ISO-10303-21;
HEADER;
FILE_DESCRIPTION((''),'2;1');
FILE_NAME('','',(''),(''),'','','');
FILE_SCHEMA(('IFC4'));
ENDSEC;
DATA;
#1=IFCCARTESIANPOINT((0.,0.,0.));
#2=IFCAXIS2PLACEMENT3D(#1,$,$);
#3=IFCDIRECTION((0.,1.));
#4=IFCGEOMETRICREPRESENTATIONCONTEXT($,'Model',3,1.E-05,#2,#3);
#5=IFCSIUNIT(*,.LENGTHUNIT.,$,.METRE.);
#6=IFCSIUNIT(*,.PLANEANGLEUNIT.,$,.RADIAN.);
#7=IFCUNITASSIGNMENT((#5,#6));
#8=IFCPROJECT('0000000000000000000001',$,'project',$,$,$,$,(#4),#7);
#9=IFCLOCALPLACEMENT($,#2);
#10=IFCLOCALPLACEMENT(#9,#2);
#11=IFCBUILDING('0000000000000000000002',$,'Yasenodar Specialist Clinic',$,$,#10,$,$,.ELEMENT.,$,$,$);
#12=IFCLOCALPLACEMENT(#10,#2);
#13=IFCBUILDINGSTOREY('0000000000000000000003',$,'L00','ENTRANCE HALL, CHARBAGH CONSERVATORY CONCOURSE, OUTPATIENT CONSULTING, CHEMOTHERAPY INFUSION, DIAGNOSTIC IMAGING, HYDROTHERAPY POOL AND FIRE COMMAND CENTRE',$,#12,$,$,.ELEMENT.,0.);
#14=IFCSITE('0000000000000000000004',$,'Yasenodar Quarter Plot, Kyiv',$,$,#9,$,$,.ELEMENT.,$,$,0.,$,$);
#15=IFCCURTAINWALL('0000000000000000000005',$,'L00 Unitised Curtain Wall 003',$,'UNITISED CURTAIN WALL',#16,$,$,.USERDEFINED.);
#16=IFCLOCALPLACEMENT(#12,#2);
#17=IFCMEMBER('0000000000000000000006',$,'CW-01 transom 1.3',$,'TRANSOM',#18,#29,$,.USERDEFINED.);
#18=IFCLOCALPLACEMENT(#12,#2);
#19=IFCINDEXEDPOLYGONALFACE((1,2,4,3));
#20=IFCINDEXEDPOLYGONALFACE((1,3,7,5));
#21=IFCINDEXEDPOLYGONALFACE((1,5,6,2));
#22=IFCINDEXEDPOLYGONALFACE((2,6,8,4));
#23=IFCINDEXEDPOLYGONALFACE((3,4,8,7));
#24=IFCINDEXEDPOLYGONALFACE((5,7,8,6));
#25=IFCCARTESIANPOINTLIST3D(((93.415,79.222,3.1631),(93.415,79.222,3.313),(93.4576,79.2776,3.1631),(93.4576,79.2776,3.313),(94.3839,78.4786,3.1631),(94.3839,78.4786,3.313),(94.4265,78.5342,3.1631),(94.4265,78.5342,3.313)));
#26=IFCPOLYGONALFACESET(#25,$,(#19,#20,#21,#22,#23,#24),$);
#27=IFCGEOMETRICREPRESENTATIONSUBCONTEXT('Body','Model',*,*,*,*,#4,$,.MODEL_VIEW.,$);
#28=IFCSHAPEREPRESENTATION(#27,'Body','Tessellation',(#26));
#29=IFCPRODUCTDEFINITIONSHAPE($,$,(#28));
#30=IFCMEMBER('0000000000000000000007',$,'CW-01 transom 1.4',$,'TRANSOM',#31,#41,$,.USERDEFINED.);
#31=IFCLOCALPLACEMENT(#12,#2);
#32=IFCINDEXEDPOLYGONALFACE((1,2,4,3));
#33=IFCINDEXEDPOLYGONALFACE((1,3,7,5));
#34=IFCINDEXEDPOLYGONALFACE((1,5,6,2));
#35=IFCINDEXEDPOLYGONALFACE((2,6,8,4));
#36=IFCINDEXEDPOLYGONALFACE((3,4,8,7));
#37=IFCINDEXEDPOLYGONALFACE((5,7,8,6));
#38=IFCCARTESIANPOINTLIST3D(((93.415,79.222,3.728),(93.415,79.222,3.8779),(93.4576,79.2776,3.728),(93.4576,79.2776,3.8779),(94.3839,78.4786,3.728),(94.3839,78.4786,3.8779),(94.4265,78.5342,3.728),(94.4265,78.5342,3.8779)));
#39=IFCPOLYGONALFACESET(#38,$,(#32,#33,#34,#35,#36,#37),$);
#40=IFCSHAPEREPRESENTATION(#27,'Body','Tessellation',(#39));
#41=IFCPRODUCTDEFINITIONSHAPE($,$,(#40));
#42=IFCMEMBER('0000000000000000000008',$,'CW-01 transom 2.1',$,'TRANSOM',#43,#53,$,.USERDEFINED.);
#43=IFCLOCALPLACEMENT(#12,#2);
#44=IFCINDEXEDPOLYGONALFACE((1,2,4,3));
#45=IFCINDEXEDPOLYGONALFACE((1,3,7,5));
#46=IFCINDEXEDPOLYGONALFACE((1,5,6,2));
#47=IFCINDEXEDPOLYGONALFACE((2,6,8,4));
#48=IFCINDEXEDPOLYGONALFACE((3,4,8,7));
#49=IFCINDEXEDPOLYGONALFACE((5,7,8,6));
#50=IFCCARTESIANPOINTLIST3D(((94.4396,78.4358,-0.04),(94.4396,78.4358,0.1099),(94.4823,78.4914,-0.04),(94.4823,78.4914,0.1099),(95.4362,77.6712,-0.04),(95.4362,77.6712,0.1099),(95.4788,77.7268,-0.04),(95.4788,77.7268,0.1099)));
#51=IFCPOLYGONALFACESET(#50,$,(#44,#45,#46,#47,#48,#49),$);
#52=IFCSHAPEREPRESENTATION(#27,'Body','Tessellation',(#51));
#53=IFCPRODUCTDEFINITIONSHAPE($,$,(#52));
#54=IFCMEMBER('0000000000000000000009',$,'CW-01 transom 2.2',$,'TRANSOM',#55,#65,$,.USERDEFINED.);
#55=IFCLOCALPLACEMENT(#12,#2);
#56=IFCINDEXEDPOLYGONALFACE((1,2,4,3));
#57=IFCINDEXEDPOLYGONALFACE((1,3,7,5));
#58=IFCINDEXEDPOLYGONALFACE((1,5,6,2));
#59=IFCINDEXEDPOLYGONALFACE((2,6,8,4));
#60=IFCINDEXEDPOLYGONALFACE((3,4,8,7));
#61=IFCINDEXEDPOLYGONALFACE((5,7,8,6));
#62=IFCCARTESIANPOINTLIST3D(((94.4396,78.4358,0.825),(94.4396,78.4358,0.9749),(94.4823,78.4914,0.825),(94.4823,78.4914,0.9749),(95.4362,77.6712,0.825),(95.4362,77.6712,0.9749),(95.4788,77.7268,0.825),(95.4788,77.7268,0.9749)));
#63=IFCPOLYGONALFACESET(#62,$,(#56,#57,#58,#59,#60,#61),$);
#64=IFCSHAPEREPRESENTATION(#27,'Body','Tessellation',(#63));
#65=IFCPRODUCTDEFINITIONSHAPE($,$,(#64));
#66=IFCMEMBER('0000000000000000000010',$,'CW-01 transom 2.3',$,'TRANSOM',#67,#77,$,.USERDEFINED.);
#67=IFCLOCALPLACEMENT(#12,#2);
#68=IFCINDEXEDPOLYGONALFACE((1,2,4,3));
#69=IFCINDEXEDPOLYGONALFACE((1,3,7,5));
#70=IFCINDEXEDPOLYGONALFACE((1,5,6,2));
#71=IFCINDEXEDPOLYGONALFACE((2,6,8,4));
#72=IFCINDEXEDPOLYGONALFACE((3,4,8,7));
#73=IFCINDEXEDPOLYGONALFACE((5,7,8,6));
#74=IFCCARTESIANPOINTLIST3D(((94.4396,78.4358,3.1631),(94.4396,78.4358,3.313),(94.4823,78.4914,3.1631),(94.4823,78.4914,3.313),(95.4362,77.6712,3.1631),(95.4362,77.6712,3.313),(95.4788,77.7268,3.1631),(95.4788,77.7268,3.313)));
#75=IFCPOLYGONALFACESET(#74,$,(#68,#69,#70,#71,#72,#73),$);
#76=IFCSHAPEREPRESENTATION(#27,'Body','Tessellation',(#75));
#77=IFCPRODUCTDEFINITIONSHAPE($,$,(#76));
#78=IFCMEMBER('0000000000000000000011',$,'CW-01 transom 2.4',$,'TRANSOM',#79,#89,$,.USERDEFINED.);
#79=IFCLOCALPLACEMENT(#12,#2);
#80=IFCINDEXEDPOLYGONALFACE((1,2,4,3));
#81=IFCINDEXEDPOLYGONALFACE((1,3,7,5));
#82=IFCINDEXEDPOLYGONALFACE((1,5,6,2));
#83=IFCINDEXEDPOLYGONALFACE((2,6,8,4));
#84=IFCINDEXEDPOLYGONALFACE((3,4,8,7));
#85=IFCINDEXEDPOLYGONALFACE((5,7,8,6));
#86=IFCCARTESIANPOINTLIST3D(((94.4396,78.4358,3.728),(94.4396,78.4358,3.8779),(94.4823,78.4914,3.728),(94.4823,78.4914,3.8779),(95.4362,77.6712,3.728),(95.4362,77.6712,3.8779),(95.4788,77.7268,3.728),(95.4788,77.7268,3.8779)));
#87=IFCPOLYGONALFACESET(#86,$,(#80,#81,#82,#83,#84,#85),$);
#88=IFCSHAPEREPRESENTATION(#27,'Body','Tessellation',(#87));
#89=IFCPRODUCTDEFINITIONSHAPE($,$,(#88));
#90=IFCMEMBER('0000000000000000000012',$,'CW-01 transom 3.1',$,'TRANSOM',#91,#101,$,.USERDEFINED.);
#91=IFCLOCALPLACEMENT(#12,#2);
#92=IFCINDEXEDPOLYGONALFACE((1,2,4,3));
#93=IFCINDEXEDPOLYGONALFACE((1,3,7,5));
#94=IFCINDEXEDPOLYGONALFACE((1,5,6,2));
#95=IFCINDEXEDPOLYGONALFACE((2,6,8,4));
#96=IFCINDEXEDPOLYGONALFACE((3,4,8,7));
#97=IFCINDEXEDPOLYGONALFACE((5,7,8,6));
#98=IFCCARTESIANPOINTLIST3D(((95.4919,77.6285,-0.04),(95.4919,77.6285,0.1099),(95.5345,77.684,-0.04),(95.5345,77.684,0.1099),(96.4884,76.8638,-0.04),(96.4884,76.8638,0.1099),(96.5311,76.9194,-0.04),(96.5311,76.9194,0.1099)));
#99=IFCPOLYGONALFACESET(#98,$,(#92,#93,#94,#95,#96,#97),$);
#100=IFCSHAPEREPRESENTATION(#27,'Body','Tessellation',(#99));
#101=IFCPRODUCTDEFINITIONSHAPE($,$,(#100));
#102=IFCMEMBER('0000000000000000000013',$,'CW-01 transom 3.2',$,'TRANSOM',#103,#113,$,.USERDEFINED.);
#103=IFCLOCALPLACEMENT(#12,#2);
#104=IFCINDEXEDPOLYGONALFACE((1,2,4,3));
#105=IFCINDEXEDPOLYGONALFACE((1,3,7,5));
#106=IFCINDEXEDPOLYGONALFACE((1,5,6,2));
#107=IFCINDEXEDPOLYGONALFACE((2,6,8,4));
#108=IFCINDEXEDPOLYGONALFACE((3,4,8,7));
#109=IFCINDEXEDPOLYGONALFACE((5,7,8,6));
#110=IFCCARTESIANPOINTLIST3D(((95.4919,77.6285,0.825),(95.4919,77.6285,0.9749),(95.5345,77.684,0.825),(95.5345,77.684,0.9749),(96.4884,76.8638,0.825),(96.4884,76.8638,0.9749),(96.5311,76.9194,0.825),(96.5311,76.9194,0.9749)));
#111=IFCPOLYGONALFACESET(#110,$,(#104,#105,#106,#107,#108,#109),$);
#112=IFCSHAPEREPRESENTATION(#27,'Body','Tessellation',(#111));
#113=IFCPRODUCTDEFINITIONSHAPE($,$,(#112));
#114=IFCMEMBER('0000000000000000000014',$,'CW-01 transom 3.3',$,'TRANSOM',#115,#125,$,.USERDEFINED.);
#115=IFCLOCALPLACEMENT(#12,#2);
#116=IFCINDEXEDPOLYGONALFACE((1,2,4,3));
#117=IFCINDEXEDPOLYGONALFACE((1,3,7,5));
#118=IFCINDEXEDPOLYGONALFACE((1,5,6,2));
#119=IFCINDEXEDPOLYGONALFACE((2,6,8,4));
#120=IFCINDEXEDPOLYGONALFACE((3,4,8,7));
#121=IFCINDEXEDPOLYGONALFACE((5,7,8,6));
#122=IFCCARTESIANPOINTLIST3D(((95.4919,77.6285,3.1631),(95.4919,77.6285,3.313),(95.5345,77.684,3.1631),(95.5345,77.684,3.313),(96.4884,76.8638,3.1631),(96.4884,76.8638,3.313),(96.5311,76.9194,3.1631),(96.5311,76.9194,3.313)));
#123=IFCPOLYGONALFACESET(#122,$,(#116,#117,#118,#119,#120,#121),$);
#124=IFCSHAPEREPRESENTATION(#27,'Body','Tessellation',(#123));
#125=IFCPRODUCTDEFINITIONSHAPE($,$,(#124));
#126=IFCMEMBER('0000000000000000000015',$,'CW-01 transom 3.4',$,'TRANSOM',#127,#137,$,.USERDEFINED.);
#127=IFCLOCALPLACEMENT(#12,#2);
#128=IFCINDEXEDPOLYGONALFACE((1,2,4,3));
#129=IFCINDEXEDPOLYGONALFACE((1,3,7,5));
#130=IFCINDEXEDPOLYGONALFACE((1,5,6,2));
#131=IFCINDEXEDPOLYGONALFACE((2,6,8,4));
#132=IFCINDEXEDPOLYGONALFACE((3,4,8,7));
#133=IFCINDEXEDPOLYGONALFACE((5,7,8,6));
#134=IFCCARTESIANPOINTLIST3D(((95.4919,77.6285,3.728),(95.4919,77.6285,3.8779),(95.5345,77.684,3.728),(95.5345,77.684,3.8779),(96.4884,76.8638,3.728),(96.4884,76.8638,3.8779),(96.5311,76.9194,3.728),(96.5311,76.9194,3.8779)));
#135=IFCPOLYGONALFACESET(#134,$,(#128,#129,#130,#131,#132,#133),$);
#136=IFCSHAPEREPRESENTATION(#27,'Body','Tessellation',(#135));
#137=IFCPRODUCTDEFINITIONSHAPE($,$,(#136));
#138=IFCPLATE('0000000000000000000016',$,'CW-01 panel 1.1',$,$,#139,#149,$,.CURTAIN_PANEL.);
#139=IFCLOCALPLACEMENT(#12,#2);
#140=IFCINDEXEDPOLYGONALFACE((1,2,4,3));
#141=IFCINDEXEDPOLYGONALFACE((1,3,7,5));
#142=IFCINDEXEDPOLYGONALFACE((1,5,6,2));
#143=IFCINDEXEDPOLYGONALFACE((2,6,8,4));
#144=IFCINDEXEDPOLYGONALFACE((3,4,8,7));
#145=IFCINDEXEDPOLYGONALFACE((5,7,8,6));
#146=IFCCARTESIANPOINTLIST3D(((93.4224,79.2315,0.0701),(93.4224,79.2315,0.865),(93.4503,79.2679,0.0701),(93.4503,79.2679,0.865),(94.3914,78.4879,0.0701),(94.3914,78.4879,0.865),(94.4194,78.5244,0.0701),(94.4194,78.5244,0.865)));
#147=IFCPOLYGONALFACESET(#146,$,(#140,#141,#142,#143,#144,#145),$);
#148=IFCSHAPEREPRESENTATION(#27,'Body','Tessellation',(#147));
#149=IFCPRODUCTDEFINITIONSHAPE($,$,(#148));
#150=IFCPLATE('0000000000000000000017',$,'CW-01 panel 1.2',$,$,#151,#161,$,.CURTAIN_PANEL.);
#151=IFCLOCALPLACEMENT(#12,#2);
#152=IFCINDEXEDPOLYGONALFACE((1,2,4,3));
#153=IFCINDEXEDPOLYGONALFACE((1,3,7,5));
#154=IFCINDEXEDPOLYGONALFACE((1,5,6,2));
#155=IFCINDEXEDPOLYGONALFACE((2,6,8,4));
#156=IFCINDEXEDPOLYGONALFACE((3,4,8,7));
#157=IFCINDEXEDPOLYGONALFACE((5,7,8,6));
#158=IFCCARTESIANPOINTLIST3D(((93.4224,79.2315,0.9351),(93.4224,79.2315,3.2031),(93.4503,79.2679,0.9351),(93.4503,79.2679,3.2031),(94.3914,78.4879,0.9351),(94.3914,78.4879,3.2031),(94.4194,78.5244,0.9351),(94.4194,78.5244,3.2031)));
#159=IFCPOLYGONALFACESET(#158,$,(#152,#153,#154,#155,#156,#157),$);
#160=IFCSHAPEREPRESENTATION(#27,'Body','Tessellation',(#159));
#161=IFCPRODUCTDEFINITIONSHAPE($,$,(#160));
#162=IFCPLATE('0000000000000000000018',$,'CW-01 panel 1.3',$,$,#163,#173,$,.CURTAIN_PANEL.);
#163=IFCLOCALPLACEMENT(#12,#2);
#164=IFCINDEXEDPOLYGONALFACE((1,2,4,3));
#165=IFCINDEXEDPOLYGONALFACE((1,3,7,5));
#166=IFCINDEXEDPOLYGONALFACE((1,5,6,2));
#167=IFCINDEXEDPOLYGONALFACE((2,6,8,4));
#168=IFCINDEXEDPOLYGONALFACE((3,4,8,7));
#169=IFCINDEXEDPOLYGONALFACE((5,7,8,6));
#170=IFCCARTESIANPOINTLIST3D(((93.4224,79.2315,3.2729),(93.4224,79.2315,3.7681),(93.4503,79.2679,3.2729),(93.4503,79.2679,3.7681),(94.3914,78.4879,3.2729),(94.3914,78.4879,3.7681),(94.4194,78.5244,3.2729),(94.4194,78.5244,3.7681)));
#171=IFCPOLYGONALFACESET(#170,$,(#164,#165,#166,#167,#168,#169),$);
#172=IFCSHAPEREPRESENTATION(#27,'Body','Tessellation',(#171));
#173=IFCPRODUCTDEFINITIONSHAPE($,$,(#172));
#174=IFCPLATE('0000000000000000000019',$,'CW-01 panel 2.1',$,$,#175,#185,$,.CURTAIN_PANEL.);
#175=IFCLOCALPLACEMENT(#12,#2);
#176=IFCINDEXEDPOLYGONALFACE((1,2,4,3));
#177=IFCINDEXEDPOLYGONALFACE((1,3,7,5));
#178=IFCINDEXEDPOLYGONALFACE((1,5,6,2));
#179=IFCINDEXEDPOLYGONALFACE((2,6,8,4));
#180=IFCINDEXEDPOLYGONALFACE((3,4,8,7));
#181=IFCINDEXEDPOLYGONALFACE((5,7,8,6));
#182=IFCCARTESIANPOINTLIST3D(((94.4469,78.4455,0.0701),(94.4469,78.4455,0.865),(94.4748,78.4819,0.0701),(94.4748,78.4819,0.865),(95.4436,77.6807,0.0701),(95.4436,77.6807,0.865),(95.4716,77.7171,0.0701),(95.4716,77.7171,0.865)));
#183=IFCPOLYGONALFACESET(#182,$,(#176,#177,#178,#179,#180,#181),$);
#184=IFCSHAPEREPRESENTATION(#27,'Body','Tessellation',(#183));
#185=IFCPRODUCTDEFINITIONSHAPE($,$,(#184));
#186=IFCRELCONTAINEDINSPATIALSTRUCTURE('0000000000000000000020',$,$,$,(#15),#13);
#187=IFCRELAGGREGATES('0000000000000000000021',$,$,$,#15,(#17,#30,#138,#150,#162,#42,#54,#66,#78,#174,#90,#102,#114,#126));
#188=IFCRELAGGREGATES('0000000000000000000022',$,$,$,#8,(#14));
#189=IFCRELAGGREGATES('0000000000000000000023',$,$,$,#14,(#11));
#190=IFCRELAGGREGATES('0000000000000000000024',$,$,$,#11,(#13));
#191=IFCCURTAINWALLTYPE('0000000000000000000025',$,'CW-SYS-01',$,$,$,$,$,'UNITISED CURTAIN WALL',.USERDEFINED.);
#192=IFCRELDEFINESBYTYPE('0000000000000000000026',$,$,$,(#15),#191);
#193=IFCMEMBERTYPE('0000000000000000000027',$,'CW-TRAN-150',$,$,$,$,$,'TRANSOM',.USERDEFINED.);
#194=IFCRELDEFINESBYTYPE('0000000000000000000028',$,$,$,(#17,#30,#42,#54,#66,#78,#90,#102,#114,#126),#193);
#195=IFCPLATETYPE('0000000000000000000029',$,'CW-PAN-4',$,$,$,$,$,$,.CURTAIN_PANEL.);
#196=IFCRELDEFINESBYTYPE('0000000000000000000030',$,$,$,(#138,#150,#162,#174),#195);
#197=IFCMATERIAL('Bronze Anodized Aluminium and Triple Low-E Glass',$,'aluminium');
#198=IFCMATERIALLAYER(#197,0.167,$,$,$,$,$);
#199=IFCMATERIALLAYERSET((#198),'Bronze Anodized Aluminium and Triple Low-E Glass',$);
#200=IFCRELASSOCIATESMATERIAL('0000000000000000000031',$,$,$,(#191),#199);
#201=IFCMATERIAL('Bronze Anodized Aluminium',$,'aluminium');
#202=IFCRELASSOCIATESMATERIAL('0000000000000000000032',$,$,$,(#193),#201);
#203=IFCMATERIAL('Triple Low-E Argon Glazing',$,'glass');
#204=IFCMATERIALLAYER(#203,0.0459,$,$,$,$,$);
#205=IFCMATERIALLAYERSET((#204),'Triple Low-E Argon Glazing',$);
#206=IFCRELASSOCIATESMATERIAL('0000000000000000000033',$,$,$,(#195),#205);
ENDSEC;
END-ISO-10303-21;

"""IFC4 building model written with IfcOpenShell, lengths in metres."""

from ifc_helpers import new_model, si_unit, direction, frame, origin, origin_2d, place, context, subcontext, project, spatial, rectangle, extrude, material, layer, layer_set, material_profile, profile_set, type_object, element, aggregate, save


model = new_model("IFC4")

# Units and contexts
model_context = context("Model", 3, precision=1e-05, world=origin(), true_north=direction((0.0, 1.0)))
body_context = subcontext(model_context, "Body", "Model", "MODEL_VIEW")
ifc_project = project(units=[si_unit("LENGTHUNIT", "METRE"), si_unit("PLANEANGLEUNIT", "RADIAN")], contexts=[model_context])

# Site, building, storey
site_placement = place(None, origin())
site = spatial("IfcSite", under=ifc_project, at=site_placement, Name="Yasenodar Quarter Plot, Kyiv", CompositionType="ELEMENT", RefElevation=0.0)
building_placement = place(site_placement, origin())
building = spatial("IfcBuilding", under=site, at=building_placement, Name="Yasenodar Specialist Clinic", CompositionType="ELEMENT")
storey_placement = place(building_placement, origin())
storey = spatial("IfcBuildingStorey", under=building, at=storey_placement, Name="L00", Description="ENTRANCE HALL, CHARBAGH CONSERVATORY CONCOURSE, OUTPATIENT CONSULTING, CHEMOTHERAPY INFUSION, DIAGNOSTIC IMAGING, HYDROTHERAPY POOL AND FIRE COMMAND CENTRE", CompositionType="ELEMENT", Elevation=0.0)

# Curtain wall, members, plates
ifc_material_1 = material(Name="Bronze Anodized Aluminium and Triple Low-E Glass", Category="aluminium")
ifc_layer_1 = layer(ifc_material_1, 0.167)
ifc_layer_set_1 = layer_set([ifc_layer_1], Name="Bronze Anodized Aluminium and Triple Low-E Glass")
curtain_wall_type = type_object("IfcCurtainWallType", Name="CW-SYS-01", ElementType="UNITISED CURTAIN WALL", PredefinedType="USERDEFINED", material=ifc_layer_set_1)
curtain_wall_placement = place(storey_placement, origin())
curtain_wall = element("IfcCurtainWall", 1, at=curtain_wall_placement, inside=storey, type_object=curtain_wall_type, Name="L00 Unitised Curtain Wall 003", ObjectType="UNITISED CURTAIN WALL", PredefinedType="USERDEFINED")
ifc_material_2 = material(Name="Bronze Anodized Aluminium", Category="aluminium")
ifc_material_profile_1 = material_profile(ifc_material_2, rectangle(XDim=0.0701, YDim=0.1499, at=origin_2d()), Name="CW-TRAN 70x150")
ifc_profile_set_1 = profile_set([ifc_material_profile_1], Name="Bronze Anodized Aluminium")
member_type_1 = type_object("IfcMemberType", Name="CW-TRAN-150", ElementType="TRANSOM", PredefinedType="USERDEFINED", material=ifc_profile_set_1)
member_1_placement = place(storey_placement, frame((93.4363, 79.2498, 3.238), z_axis=(0.793404, -0.608696, 0.0), x_axis=(0.608696, 0.793404, 0.0)))
member_1 = element("IfcMember", 2, at=member_1_placement, type_object=member_type_1, Name="CW-01 transom 1.3", ObjectType="TRANSOM", PredefinedType="USERDEFINED", context=body_context, shape_type="SweptSolid", body=[
    extrude(rectangle(XDim=0.0701, YDim=0.1499, at=origin_2d()), origin(), (0.0, 0.0, 1.0), 1.2212),
])
member_2_placement = place(storey_placement, frame((93.4363, 79.2498, 3.803), z_axis=(0.793404, -0.608696, 0.0), x_axis=(0.608696, 0.793404, 0.0)))
member_2 = element("IfcMember", 3, at=member_2_placement, type_object=member_type_1, Name="CW-01 transom 1.4", ObjectType="TRANSOM", PredefinedType="USERDEFINED", context=body_context, shape_type="SweptSolid", body=[
    extrude(rectangle(XDim=0.0701, YDim=0.1499, at=origin_2d()), origin(), (0.0, 0.0, 1.0), 1.2212),
])
member_3_placement = place(storey_placement, frame((94.4609, 78.4636, 0.0349), z_axis=(0.793375, -0.608733, 0.0), x_axis=(0.608733, 0.793375, 0.0)))
member_3 = element("IfcMember", 4, at=member_3_placement, type_object=member_type_1, Name="CW-01 transom 2.1", ObjectType="TRANSOM", PredefinedType="USERDEFINED", context=body_context, shape_type="SweptSolid", body=[
    extrude(rectangle(XDim=0.0701, YDim=0.1499, at=origin_2d()), origin(), (0.0, 0.0, 1.0), 1.2561),
])
member_4_placement = place(storey_placement, frame((94.4609, 78.4636, 0.8999), z_axis=(0.793375, -0.608733, 0.0), x_axis=(0.608733, 0.793375, 0.0)))
member_4 = element("IfcMember", 5, at=member_4_placement, type_object=member_type_1, Name="CW-01 transom 2.2", ObjectType="TRANSOM", PredefinedType="USERDEFINED", context=body_context, shape_type="SweptSolid", body=[
    extrude(rectangle(XDim=0.0701, YDim=0.1499, at=origin_2d()), origin(), (0.0, 0.0, 1.0), 1.2561),
])
member_5_placement = place(storey_placement, frame((94.4609, 78.4636, 3.238), z_axis=(0.793375, -0.608733, 0.0), x_axis=(0.608733, 0.793375, 0.0)))
member_5 = element("IfcMember", 6, at=member_5_placement, type_object=member_type_1, Name="CW-01 transom 2.3", ObjectType="TRANSOM", PredefinedType="USERDEFINED", context=body_context, shape_type="SweptSolid", body=[
    extrude(rectangle(XDim=0.0701, YDim=0.1499, at=origin_2d()), origin(), (0.0, 0.0, 1.0), 1.2561),
])
member_6_placement = place(storey_placement, frame((94.4609, 78.4636, 3.803), z_axis=(0.793375, -0.608733, 0.0), x_axis=(0.608733, 0.793375, 0.0)))
member_6 = element("IfcMember", 7, at=member_6_placement, type_object=member_type_1, Name="CW-01 transom 2.4", ObjectType="TRANSOM", PredefinedType="USERDEFINED", context=body_context, shape_type="SweptSolid", body=[
    extrude(rectangle(XDim=0.0701, YDim=0.1499, at=origin_2d()), origin(), (0.0, 0.0, 1.0), 1.2561),
])
member_7_placement = place(storey_placement, frame((95.5132, 77.6562, 0.0349), z_axis=(0.793375, -0.608733, 0.0), x_axis=(0.608733, 0.793375, 0.0)))
member_7 = element("IfcMember", 8, at=member_7_placement, type_object=member_type_1, Name="CW-01 transom 3.1", ObjectType="TRANSOM", PredefinedType="USERDEFINED", context=body_context, shape_type="SweptSolid", body=[
    extrude(rectangle(XDim=0.0701, YDim=0.1499, at=origin_2d()), origin(), (0.0, 0.0, 1.0), 1.2561),
])
member_8_placement = place(storey_placement, frame((95.5132, 77.6562, 0.8999), z_axis=(0.793375, -0.608733, 0.0), x_axis=(0.608733, 0.793375, 0.0)))
member_8 = element("IfcMember", 9, at=member_8_placement, type_object=member_type_1, Name="CW-01 transom 3.2", ObjectType="TRANSOM", PredefinedType="USERDEFINED", context=body_context, shape_type="SweptSolid", body=[
    extrude(rectangle(XDim=0.0701, YDim=0.1499, at=origin_2d()), origin(), (0.0, 0.0, 1.0), 1.2561),
])
member_9_placement = place(storey_placement, frame((95.5132, 77.6562, 3.238), z_axis=(0.793375, -0.608733, 0.0), x_axis=(0.608733, 0.793375, 0.0)))
member_9 = element("IfcMember", 10, at=member_9_placement, type_object=member_type_1, Name="CW-01 transom 3.3", ObjectType="TRANSOM", PredefinedType="USERDEFINED", context=body_context, shape_type="SweptSolid", body=[
    extrude(rectangle(XDim=0.0701, YDim=0.1499, at=origin_2d()), origin(), (0.0, 0.0, 1.0), 1.2561),
])
member_10_placement = place(storey_placement, frame((95.5132, 77.6562, 3.803), z_axis=(0.793375, -0.608733, 0.0), x_axis=(0.608733, 0.793375, 0.0)))
member_10 = element("IfcMember", 11, at=member_10_placement, type_object=member_type_1, Name="CW-01 transom 3.4", ObjectType="TRANSOM", PredefinedType="USERDEFINED", context=body_context, shape_type="SweptSolid", body=[
    extrude(rectangle(XDim=0.0701, YDim=0.1499, at=origin_2d()), origin(), (0.0, 0.0, 1.0), 1.2561),
])
ifc_material_3 = material(Name="Triple Low-E Argon Glazing", Category="glass")
ifc_layer_2 = layer(ifc_material_3, 0.0459)
ifc_layer_set_2 = layer_set([ifc_layer_2], Name="Triple Low-E Argon Glazing")
plate_type = type_object("IfcPlateType", Name="CW-PAN-4", PredefinedType="CURTAIN_PANEL", material=ifc_layer_set_2)
plate_1_placement = place(storey_placement, frame((93.9209, 78.8779, 0.0701), z_axis=(0.0, 0.0, 1.0), x_axis=(0.793361, -0.608752, 0.0)))
plate_1 = element("IfcPlate", 12, at=plate_1_placement, type_object=plate_type, Name="CW-01 panel 1.1", PredefinedType="CURTAIN_PANEL", context=body_context, shape_type="SweptSolid", body=[
    extrude(rectangle(XDim=1.2214, YDim=0.0459, at=origin_2d()), origin(), (0.0, 0.0, 1.0), 0.7949),
])
plate_2_placement = place(storey_placement, frame((93.9209, 78.8779, 0.9351), z_axis=(0.0, 0.0, 1.0), x_axis=(0.793361, -0.608752, 0.0)))
plate_2 = element("IfcPlate", 13, at=plate_2_placement, type_object=plate_type, Name="CW-01 panel 1.2", PredefinedType="CURTAIN_PANEL", context=body_context, shape_type="SweptSolid", body=[
    extrude(rectangle(XDim=1.2214, YDim=0.0459, at=origin_2d()), origin(), (0.0, 0.0, 1.0), 2.2681),
])
plate_3_placement = place(storey_placement, frame((93.9209, 78.8779, 3.2729), z_axis=(0.0, 0.0, 1.0), x_axis=(0.793361, -0.608752, 0.0)))
plate_3 = element("IfcPlate", 14, at=plate_3_placement, type_object=plate_type, Name="CW-01 panel 1.3", PredefinedType="CURTAIN_PANEL", context=body_context, shape_type="SweptSolid", body=[
    extrude(rectangle(XDim=1.2214, YDim=0.0459, at=origin_2d()), origin(), (0.0, 0.0, 1.0), 0.4951),
])
plate_4_placement = place(storey_placement, frame((94.9592, 78.0813, 0.0701), z_axis=(0.0, 0.0, 1.0), x_axis=(0.793361, -0.608752, 0.0)))
plate_4 = element("IfcPlate", 15, at=plate_4_placement, type_object=plate_type, Name="CW-01 panel 2.1", PredefinedType="CURTAIN_PANEL", context=body_context, shape_type="SweptSolid", body=[
    extrude(rectangle(XDim=1.2563, YDim=0.0459, at=origin_2d()), origin(), (0.0, 0.0, 1.0), 0.7949),
])
aggregate(curtain_wall, [member_1, member_2, plate_1, plate_2, plate_3, member_3, member_4, member_5, member_6, plate_4, member_7, member_8, member_9, member_10])

save(model, "model.ifc")
